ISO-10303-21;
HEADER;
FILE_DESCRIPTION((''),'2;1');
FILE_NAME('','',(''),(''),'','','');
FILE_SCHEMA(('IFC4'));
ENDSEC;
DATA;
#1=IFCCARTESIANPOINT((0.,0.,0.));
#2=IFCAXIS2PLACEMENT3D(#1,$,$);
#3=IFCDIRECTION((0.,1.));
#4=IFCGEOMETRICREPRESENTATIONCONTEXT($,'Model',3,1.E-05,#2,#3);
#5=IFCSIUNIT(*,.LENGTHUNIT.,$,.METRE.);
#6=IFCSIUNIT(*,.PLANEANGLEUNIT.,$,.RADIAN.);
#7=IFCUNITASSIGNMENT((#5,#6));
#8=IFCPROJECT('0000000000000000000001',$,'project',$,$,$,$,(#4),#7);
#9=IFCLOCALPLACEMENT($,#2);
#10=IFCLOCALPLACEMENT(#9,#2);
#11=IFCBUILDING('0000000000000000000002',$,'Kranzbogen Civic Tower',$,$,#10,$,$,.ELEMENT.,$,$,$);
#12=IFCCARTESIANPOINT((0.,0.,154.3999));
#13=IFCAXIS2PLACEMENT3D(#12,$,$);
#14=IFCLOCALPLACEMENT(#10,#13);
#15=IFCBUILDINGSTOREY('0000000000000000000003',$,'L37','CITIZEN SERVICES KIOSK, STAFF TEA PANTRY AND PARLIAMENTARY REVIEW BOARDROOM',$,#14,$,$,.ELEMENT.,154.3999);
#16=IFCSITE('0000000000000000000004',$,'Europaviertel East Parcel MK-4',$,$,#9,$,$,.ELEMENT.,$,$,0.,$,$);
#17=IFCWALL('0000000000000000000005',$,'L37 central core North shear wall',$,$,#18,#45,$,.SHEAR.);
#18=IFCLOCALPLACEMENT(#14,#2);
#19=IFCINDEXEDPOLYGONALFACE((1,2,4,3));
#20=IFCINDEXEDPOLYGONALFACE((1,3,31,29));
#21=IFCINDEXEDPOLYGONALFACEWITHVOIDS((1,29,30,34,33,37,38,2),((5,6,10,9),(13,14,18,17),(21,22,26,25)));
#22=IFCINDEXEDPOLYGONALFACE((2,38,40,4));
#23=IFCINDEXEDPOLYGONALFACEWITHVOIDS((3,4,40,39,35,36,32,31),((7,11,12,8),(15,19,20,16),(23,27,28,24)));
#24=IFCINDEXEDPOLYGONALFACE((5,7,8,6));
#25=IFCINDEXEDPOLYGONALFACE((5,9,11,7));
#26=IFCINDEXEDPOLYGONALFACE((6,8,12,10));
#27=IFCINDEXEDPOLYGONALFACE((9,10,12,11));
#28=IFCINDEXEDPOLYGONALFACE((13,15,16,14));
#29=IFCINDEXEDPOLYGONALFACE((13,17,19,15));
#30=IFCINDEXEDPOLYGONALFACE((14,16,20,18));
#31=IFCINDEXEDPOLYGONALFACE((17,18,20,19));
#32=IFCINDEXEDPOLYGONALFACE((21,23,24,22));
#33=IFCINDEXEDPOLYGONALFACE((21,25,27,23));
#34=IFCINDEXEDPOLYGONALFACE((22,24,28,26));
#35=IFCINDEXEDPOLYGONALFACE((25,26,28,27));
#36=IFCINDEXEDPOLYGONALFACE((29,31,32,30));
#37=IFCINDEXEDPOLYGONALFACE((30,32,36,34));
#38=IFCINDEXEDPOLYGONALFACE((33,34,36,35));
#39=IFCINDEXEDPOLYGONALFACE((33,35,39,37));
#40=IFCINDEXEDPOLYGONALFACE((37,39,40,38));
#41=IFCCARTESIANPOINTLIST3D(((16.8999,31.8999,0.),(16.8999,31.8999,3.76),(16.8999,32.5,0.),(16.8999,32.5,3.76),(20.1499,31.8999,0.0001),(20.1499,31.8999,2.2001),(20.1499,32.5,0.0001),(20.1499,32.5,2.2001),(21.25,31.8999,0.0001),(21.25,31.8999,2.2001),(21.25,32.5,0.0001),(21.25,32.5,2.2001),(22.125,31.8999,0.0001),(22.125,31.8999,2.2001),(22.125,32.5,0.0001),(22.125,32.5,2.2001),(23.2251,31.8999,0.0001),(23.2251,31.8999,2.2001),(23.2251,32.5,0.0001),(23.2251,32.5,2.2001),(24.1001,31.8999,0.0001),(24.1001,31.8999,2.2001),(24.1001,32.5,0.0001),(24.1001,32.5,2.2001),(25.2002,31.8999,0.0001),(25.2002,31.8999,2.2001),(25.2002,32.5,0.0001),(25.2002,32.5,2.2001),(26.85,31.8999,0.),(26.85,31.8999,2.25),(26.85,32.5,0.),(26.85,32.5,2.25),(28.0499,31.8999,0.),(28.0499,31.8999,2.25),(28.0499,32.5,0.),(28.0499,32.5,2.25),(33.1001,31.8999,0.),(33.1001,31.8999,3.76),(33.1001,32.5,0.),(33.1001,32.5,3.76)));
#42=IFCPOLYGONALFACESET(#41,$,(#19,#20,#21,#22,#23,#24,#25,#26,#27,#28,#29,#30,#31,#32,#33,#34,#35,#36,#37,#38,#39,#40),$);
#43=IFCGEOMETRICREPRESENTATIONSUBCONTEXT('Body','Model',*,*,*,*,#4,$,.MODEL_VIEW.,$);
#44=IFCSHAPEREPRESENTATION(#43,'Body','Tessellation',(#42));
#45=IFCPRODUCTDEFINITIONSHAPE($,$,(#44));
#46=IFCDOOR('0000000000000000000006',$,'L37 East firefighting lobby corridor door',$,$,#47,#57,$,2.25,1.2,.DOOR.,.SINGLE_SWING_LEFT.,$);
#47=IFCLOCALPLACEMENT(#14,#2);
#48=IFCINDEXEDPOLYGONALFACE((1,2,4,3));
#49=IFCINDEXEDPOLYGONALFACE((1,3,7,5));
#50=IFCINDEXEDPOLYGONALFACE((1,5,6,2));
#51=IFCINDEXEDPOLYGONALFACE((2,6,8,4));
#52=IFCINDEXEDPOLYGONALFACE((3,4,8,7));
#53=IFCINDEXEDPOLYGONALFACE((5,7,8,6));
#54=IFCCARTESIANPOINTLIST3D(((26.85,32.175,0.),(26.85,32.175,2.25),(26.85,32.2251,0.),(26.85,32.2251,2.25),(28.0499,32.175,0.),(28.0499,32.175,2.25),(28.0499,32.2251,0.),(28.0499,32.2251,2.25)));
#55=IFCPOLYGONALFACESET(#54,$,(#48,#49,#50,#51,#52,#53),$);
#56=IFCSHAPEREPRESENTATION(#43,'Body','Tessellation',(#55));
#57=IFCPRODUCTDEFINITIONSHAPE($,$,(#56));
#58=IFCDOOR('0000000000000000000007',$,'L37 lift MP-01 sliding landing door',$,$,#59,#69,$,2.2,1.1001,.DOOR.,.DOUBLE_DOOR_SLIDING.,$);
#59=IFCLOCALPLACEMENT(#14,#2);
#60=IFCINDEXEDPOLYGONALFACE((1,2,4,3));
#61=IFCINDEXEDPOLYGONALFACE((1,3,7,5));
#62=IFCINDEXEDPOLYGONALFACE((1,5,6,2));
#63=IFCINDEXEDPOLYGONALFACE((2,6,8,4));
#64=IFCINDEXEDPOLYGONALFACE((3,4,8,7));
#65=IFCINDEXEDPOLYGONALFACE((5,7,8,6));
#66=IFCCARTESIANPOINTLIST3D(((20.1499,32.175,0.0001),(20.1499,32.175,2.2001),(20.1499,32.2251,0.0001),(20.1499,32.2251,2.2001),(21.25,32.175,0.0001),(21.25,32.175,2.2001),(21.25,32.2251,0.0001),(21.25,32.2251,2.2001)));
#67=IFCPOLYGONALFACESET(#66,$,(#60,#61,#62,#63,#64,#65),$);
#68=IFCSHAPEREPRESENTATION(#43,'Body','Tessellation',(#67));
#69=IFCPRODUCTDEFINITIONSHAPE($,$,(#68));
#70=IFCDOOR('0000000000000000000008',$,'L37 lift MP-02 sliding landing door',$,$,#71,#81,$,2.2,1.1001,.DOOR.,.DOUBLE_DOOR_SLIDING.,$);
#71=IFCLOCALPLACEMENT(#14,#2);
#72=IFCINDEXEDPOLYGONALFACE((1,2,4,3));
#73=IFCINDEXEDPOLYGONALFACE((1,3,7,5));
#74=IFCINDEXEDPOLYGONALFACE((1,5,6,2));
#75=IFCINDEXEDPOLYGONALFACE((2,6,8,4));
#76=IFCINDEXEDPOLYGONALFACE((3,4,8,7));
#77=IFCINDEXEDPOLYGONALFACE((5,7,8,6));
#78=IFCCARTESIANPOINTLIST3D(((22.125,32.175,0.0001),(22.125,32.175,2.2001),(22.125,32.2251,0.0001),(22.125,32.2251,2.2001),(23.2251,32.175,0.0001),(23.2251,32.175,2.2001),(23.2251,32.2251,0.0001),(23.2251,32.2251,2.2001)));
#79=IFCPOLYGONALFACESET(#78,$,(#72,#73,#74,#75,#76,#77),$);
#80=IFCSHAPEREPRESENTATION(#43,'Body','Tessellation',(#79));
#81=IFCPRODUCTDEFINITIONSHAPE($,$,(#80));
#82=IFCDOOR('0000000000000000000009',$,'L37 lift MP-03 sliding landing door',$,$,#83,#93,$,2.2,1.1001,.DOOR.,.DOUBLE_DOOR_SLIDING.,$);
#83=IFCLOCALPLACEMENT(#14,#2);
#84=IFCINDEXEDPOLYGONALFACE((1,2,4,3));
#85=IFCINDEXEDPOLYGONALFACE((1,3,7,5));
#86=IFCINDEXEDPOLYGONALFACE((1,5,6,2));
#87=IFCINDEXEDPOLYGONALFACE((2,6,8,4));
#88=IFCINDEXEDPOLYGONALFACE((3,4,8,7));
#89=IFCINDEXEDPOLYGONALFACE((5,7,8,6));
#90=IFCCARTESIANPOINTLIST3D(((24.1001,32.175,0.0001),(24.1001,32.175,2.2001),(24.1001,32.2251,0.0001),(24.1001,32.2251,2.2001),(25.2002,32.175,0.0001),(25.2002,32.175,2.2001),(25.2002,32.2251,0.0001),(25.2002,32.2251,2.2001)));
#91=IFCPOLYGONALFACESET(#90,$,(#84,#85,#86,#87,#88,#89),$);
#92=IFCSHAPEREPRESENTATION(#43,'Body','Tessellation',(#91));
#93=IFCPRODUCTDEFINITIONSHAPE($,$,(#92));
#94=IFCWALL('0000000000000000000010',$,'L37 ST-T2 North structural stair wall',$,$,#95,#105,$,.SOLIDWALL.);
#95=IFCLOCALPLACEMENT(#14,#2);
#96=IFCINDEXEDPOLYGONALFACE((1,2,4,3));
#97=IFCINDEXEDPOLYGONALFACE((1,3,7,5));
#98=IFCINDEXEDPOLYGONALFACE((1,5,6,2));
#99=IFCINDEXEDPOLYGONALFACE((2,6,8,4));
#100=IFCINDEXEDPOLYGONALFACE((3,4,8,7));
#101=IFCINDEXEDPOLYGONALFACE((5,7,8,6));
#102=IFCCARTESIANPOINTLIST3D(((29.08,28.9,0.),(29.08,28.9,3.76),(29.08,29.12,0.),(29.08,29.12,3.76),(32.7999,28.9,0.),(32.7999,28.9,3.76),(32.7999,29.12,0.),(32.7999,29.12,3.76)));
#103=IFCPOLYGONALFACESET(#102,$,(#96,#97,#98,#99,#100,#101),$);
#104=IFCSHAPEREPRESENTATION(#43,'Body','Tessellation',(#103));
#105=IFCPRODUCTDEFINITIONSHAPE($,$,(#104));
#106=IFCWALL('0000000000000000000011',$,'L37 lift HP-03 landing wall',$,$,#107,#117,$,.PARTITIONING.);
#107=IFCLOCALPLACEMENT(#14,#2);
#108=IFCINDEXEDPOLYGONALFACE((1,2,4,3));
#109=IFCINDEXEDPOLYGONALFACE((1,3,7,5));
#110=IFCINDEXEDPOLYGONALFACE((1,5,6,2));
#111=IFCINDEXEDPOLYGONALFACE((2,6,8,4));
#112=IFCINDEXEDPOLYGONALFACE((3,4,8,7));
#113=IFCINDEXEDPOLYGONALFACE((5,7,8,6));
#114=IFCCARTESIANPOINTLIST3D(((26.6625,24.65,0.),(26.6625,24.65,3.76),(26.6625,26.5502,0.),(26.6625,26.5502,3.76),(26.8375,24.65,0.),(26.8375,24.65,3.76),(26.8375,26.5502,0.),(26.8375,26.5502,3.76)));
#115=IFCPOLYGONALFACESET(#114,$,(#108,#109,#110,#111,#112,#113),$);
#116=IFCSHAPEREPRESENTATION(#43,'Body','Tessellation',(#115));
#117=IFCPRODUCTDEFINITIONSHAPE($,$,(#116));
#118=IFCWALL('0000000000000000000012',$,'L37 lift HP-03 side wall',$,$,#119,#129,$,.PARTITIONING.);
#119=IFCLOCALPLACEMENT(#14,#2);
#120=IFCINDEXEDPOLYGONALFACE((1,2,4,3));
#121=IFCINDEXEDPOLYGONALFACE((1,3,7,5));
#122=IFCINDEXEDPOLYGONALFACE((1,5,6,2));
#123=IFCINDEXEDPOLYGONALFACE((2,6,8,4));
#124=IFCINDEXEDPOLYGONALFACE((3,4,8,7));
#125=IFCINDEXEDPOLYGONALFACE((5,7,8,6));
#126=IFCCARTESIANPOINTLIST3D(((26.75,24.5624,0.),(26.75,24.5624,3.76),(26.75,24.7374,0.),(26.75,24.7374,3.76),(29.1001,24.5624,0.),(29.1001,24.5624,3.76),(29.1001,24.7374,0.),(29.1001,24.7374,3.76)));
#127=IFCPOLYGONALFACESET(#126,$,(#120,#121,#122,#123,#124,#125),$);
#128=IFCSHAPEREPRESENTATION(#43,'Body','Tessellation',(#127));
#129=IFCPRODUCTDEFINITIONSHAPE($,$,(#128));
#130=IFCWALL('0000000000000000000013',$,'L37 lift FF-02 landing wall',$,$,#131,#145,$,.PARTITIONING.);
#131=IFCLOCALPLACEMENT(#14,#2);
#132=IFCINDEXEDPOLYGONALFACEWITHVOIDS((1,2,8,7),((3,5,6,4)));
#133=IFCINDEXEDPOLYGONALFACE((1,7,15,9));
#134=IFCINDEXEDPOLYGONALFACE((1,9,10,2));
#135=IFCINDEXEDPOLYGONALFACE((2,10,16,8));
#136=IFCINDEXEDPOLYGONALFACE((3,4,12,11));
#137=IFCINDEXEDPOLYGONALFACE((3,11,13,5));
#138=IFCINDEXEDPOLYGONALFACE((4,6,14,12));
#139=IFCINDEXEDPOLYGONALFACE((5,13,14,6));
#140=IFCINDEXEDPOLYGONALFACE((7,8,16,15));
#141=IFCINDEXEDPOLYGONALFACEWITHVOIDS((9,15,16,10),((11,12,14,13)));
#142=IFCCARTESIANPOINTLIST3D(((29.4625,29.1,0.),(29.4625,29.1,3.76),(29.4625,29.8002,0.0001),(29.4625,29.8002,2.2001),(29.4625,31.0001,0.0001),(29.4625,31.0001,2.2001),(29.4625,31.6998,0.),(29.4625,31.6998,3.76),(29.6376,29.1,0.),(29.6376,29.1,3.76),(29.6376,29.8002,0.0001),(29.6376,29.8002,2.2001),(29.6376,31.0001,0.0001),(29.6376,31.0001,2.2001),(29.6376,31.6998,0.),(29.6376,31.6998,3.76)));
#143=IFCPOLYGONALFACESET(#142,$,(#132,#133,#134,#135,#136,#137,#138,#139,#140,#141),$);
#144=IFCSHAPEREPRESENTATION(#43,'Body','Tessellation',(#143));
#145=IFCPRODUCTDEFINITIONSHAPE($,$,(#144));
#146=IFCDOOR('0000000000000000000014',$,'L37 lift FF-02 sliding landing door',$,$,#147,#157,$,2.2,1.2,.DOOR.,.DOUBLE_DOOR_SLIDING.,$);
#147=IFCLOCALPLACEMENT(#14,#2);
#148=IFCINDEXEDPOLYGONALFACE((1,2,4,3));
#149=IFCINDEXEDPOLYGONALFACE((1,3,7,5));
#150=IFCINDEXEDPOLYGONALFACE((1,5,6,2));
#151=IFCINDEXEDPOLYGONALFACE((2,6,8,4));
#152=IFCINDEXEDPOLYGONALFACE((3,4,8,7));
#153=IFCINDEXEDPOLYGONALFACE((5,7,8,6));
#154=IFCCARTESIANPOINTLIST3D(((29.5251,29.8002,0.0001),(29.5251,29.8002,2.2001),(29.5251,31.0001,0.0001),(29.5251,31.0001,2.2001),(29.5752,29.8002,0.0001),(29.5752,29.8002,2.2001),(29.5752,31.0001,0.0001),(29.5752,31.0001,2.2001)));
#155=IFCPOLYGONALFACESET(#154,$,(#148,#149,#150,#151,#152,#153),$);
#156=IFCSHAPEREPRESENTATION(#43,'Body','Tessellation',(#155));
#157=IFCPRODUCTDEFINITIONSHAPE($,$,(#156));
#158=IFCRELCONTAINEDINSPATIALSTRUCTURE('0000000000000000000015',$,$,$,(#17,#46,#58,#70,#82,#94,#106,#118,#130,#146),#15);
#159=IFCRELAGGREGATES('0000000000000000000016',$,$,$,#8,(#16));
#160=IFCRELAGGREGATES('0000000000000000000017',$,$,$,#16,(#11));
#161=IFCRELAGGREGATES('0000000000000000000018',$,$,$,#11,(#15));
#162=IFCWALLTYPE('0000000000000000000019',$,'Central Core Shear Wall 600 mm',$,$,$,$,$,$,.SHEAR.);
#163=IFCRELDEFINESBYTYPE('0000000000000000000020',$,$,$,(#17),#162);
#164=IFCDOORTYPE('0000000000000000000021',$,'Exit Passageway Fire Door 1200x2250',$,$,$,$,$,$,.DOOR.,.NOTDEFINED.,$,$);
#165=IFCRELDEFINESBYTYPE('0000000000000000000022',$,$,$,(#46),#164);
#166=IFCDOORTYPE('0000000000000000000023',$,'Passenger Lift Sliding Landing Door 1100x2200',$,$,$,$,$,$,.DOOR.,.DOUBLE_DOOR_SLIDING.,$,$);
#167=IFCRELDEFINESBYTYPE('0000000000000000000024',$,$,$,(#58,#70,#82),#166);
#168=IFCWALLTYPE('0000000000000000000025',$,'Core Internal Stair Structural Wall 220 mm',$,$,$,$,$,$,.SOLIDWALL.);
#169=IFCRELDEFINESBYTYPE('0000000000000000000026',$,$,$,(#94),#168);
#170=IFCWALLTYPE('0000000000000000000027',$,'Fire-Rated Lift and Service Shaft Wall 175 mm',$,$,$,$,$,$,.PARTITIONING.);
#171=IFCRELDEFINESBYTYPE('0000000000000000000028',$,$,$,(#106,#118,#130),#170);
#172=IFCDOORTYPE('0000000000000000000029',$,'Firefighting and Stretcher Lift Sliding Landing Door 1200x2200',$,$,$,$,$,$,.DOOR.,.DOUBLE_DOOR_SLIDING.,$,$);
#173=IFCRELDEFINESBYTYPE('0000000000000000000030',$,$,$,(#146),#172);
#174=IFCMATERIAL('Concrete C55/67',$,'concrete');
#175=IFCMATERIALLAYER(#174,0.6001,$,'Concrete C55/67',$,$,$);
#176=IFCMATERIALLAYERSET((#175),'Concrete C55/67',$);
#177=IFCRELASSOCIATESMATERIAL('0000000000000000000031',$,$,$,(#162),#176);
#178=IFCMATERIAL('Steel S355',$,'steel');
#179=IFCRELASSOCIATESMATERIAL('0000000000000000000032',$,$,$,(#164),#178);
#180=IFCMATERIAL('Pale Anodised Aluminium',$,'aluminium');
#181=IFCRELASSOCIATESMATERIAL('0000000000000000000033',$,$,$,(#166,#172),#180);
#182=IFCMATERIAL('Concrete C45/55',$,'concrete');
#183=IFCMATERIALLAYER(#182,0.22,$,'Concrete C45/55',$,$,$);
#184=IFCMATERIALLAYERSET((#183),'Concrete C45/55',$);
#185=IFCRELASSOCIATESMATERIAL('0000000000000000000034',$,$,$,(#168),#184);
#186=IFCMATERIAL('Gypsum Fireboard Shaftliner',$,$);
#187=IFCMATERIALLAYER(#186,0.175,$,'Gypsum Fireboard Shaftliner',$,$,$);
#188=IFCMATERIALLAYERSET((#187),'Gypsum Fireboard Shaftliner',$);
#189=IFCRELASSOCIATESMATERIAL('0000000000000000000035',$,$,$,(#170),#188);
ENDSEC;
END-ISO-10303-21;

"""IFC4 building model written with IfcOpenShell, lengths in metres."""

from ifc_helpers import new_model, si_unit, direction, frame, frame_2d, origin, place, context, subcontext, project, spatial, rectangle, extrude, material, layer, layer_set, type_object, element, fill, save


model = new_model("IFC4")

# Units and contexts
model_context = context("Model", 3, precision=1e-05, world=origin(), true_north=direction((0.0, 1.0)))
body_context = subcontext(model_context, "Body", "Model", "MODEL_VIEW")
ifc_project = project(units=[si_unit("LENGTHUNIT", "METRE"), si_unit("PLANEANGLEUNIT", "RADIAN")], contexts=[model_context])

# Site, building, storey
site_placement = place(None, origin())
site = spatial("IfcSite", under=ifc_project, at=site_placement, Name="Europaviertel East Parcel MK-4", CompositionType="ELEMENT", RefElevation=0.0)
building_placement = place(site_placement, origin())
building = spatial("IfcBuilding", under=site, at=building_placement, Name="Kranzbogen Civic Tower", CompositionType="ELEMENT")
storey_placement = place(building_placement, frame((0.0, 0.0, 154.3999)))
storey = spatial("IfcBuildingStorey", under=building, at=storey_placement, Name="L37", Description="CITIZEN SERVICES KIOSK, STAFF TEA PANTRY AND PARLIAMENTARY REVIEW BOARDROOM", CompositionType="ELEMENT", Elevation=154.3999)

# Shared definitions
ifc_material_1 = material(Name="Steel S355", Category="steel")

# Wall, openings, doors
ifc_material_2 = material(Name="Concrete C55/67", Category="concrete")
ifc_layer_1 = layer(ifc_material_2, 0.6001, Name="Concrete C55/67")
ifc_layer_set_1 = layer_set([ifc_layer_1], Name="Concrete C55/67")
wall_type_1 = type_object("IfcWallType", Name="Central Core Shear Wall 600 mm", PredefinedType="SHEAR", material=ifc_layer_set_1)
wall_1_placement = place(storey_placement, frame((33.1001, 32.2, 0.0), z_axis=(0.0, 0.0, 1.0), x_axis=(-1.0, 0.0, 0.0)))
wall_1 = element("IfcWall", 1, at=wall_1_placement, inside=storey, type_object=wall_type_1, Name="L37 central core North shear wall", PredefinedType="SHEAR", context=body_context, shape_type="SweptSolid", body=[
    extrude(rectangle(XDim=16.2002, YDim=0.6001, at=frame_2d((8.1001, 0.0))), origin(), (0.0, 0.0, 1.0), 3.76),
])
opening_1_placement = place(wall_1_placement, frame((5.05, 0.0, 0.0)))
opening_1 = element("IfcOpeningElement", 2, at=opening_1_placement, cuts=wall_1, PredefinedType="OPENING", context=body_context, shape_type="SweptSolid", body=[
    extrude(rectangle(XDim=1.2, YDim=2.25, at=frame_2d((0.6001, 1.125))), frame((0.0, 0.3101, 0.0), z_axis=(0.0, -1.0, 0.0), x_axis=(1.0, 0.0, 0.0)), (0.0, 0.0, 1.0), 0.6201),
])
opening_2_placement = place(wall_1_placement, frame((11.8501, 0.0, 0.0)))
opening_2 = element("IfcOpeningElement", 3, at=opening_2_placement, cuts=wall_1, PredefinedType="OPENING", context=body_context, shape_type="SweptSolid", body=[
    extrude(rectangle(XDim=1.1001, YDim=2.2, at=frame_2d((0.55, 1.1001))), frame((0.0, 0.3101, 0.0), z_axis=(0.0, -1.0, 0.0), x_axis=(1.0, 0.0, 0.0)), (0.0, 0.0, 1.0), 0.6201),
])
opening_3_placement = place(wall_1_placement, frame((9.875, 0.0, 0.0)))
opening_3 = element("IfcOpeningElement", 4, at=opening_3_placement, cuts=wall_1, PredefinedType="OPENING", context=body_context, shape_type="SweptSolid", body=[
    extrude(rectangle(XDim=1.1001, YDim=2.2, at=frame_2d((0.55, 1.1001))), frame((0.0, 0.3101, 0.0), z_axis=(0.0, -1.0, 0.0), x_axis=(1.0, 0.0, 0.0)), (0.0, 0.0, 1.0), 0.6201),
])
opening_4_placement = place(wall_1_placement, frame((7.8999, 0.0, 0.0)))
opening_4 = element("IfcOpeningElement", 5, at=opening_4_placement, cuts=wall_1, PredefinedType="OPENING", context=body_context, shape_type="SweptSolid", body=[
    extrude(rectangle(XDim=1.1001, YDim=2.2, at=frame_2d((0.55, 1.1001))), frame((0.0, 0.3101, 0.0), z_axis=(0.0, -1.0, 0.0), x_axis=(1.0, 0.0, 0.0)), (0.0, 0.0, 1.0), 0.6201),
])
door_type_1 = type_object("IfcDoorType", Name="Exit Passageway Fire Door 1200x2250", OperationType="NOTDEFINED", PredefinedType="DOOR", material=ifc_material_1)
door_1_placement = place(opening_1_placement, origin())
door_1 = element("IfcDoor", 6, at=door_1_placement, inside=storey, type_object=door_type_1, Name="L37 East firefighting lobby corridor door", OperationType="SINGLE_SWING_LEFT", OverallHeight=2.25, OverallWidth=1.2, PredefinedType="DOOR", context=body_context, shape_type="SweptSolid", body=[
    extrude(rectangle(XDim=1.2, YDim=2.25, at=frame_2d((0.6001, 1.125))), frame((0.0, 0.0249, 0.0), z_axis=(0.0, -1.0, 0.0), x_axis=(1.0, 0.0, 0.0)), (0.0, 0.0, 1.0), 0.05),
])
fill(opening_1, door_1)
ifc_material_3 = material(Name="Pale Anodised Aluminium", Category="aluminium")
door_type_2 = type_object("IfcDoorType", Name="Passenger Lift Sliding Landing Door 1100x2200", OperationType="DOUBLE_DOOR_SLIDING", PredefinedType="DOOR", material=ifc_material_3)
door_2_placement = place(opening_2_placement, origin())
door_2 = element("IfcDoor", 7, at=door_2_placement, inside=storey, type_object=door_type_2, Name="L37 lift MP-01 sliding landing door", OperationType="DOUBLE_DOOR_SLIDING", OverallHeight=2.2, OverallWidth=1.1001, PredefinedType="DOOR", context=body_context, shape_type="SweptSolid", body=[
    extrude(rectangle(XDim=1.1001, YDim=2.2, at=frame_2d((0.55, 1.1001))), frame((0.0, 0.0249, 0.0), z_axis=(0.0, -1.0, 0.0), x_axis=(1.0, 0.0, 0.0)), (0.0, 0.0, 1.0), 0.05),
])
fill(opening_2, door_2)
door_3_placement = place(opening_3_placement, origin())
door_3 = element("IfcDoor", 8, at=door_3_placement, inside=storey, type_object=door_type_2, Name="L37 lift MP-02 sliding landing door", OperationType="DOUBLE_DOOR_SLIDING", OverallHeight=2.2, OverallWidth=1.1001, PredefinedType="DOOR", context=body_context, shape_type="SweptSolid", body=[
    extrude(rectangle(XDim=1.1001, YDim=2.2, at=frame_2d((0.55, 1.1001))), frame((0.0, 0.0249, 0.0), z_axis=(0.0, -1.0, 0.0), x_axis=(1.0, 0.0, 0.0)), (0.0, 0.0, 1.0), 0.05),
])
fill(opening_3, door_3)
door_4_placement = place(opening_4_placement, origin())
door_4 = element("IfcDoor", 9, at=door_4_placement, inside=storey, type_object=door_type_2, Name="L37 lift MP-03 sliding landing door", OperationType="DOUBLE_DOOR_SLIDING", OverallHeight=2.2, OverallWidth=1.1001, PredefinedType="DOOR", context=body_context, shape_type="SweptSolid", body=[
    extrude(rectangle(XDim=1.1001, YDim=2.2, at=frame_2d((0.55, 1.1001))), frame((0.0, 0.0249, 0.0), z_axis=(0.0, -1.0, 0.0), x_axis=(1.0, 0.0, 0.0)), (0.0, 0.0, 1.0), 0.05),
])
fill(opening_4, door_4)

# Walls
ifc_material_4 = material(Name="Concrete C45/55", Category="concrete")
ifc_layer_2 = layer(ifc_material_4, 0.22, Name="Concrete C45/55")
ifc_layer_set_2 = layer_set([ifc_layer_2], Name="Concrete C45/55")
wall_type_2 = type_object("IfcWallType", Name="Core Internal Stair Structural Wall 220 mm", PredefinedType="SOLIDWALL", material=ifc_layer_set_2)
wall_2_placement = place(storey_placement, frame((29.0801, 29.01, 0.0), z_axis=(0.0, 0.0, 1.0), x_axis=(1.0, 0.0, 0.0)))
element("IfcWall", 10, at=wall_2_placement, inside=storey, type_object=wall_type_2, Name="L37 ST-T2 North structural stair wall", PredefinedType="SOLIDWALL", context=body_context, shape_type="SweptSolid", body=[
    extrude(rectangle(XDim=3.72, YDim=0.22, at=frame_2d((1.8599, 0.0))), origin(), (0.0, 0.0, 1.0), 3.76),
])
ifc_material_5 = material(Name="Gypsum Fireboard Shaftliner")
ifc_layer_3 = layer(ifc_material_5, 0.175, Name="Gypsum Fireboard Shaftliner")
ifc_layer_set_3 = layer_set([ifc_layer_3], Name="Gypsum Fireboard Shaftliner")
wall_type_3 = type_object("IfcWallType", Name="Fire-Rated Lift and Service Shaft Wall 175 mm", PredefinedType="PARTITIONING", material=ifc_layer_set_3)
wall_3_placement = place(storey_placement, frame((26.75, 24.6499, 0.0), z_axis=(0.0, 0.0, 1.0), x_axis=(0.0, 1.0, 0.0)))
element("IfcWall", 11, at=wall_3_placement, inside=storey, type_object=wall_type_3, Name="L37 lift HP-03 landing wall", PredefinedType="PARTITIONING", context=body_context, shape_type="SweptSolid", body=[
    extrude(rectangle(XDim=1.9001, YDim=0.175, at=frame_2d((0.9502, 0.0))), origin(), (0.0, 0.0, 1.0), 3.76),
])
wall_4_placement = place(storey_placement, frame((26.75, 24.6499, 0.0), z_axis=(0.0, 0.0, 1.0), x_axis=(1.0, 0.0, 0.0)))
element("IfcWall", 12, at=wall_4_placement, inside=storey, type_object=wall_type_3, Name="L37 lift HP-03 side wall", PredefinedType="PARTITIONING", context=body_context, shape_type="SweptSolid", body=[
    extrude(rectangle(XDim=2.3501, YDim=0.175, at=frame_2d((1.175, 0.0))), origin(), (0.0, 0.0, 1.0), 3.76),
])

# Wall, opening, door
wall_5_placement = place(storey_placement, frame((29.55, 29.1001, 0.0), z_axis=(0.0, 0.0, 1.0), x_axis=(0.0, 1.0, 0.0)))
wall_5 = element("IfcWall", 13, at=wall_5_placement, inside=storey, type_object=wall_type_3, Name="L37 lift FF-02 landing wall", PredefinedType="PARTITIONING", context=body_context, shape_type="SweptSolid", body=[
    extrude(rectangle(XDim=2.5999, YDim=0.175, at=frame_2d((1.2998, 0.0))), origin(), (0.0, 0.0, 1.0), 3.76),
])
opening_5_placement = place(wall_5_placement, frame((0.7, 0.0, 0.0)))
opening_5 = element("IfcOpeningElement", 14, at=opening_5_placement, cuts=wall_5, PredefinedType="OPENING", context=body_context, shape_type="SweptSolid", body=[
    extrude(rectangle(XDim=1.2, YDim=2.2, at=frame_2d((0.6001, 1.1001))), frame((0.0, 0.0977, 0.0), z_axis=(0.0, -1.0, 0.0), x_axis=(1.0, 0.0, 0.0)), (0.0, 0.0, 1.0), 0.1951),
])
door_type_3 = type_object("IfcDoorType", Name="Firefighting and Stretcher Lift Sliding Landing Door 1200x2200", OperationType="DOUBLE_DOOR_SLIDING", PredefinedType="DOOR", material=ifc_material_3)
door_5_placement = place(opening_5_placement, origin())
door_5 = element("IfcDoor", 15, at=door_5_placement, inside=storey, type_object=door_type_3, Name="L37 lift FF-02 sliding landing door", OperationType="DOUBLE_DOOR_SLIDING", OverallHeight=2.2, OverallWidth=1.2, PredefinedType="DOOR", context=body_context, shape_type="SweptSolid", body=[
    extrude(rectangle(XDim=1.2, YDim=2.2, at=frame_2d((0.6001, 1.1001))), frame((0.0, 0.0249, 0.0), z_axis=(0.0, -1.0, 0.0), x_axis=(1.0, 0.0, 0.0)), (0.0, 0.0, 1.0), 0.05),
])
fill(opening_5, door_5)

save(model, "model.ifc")
